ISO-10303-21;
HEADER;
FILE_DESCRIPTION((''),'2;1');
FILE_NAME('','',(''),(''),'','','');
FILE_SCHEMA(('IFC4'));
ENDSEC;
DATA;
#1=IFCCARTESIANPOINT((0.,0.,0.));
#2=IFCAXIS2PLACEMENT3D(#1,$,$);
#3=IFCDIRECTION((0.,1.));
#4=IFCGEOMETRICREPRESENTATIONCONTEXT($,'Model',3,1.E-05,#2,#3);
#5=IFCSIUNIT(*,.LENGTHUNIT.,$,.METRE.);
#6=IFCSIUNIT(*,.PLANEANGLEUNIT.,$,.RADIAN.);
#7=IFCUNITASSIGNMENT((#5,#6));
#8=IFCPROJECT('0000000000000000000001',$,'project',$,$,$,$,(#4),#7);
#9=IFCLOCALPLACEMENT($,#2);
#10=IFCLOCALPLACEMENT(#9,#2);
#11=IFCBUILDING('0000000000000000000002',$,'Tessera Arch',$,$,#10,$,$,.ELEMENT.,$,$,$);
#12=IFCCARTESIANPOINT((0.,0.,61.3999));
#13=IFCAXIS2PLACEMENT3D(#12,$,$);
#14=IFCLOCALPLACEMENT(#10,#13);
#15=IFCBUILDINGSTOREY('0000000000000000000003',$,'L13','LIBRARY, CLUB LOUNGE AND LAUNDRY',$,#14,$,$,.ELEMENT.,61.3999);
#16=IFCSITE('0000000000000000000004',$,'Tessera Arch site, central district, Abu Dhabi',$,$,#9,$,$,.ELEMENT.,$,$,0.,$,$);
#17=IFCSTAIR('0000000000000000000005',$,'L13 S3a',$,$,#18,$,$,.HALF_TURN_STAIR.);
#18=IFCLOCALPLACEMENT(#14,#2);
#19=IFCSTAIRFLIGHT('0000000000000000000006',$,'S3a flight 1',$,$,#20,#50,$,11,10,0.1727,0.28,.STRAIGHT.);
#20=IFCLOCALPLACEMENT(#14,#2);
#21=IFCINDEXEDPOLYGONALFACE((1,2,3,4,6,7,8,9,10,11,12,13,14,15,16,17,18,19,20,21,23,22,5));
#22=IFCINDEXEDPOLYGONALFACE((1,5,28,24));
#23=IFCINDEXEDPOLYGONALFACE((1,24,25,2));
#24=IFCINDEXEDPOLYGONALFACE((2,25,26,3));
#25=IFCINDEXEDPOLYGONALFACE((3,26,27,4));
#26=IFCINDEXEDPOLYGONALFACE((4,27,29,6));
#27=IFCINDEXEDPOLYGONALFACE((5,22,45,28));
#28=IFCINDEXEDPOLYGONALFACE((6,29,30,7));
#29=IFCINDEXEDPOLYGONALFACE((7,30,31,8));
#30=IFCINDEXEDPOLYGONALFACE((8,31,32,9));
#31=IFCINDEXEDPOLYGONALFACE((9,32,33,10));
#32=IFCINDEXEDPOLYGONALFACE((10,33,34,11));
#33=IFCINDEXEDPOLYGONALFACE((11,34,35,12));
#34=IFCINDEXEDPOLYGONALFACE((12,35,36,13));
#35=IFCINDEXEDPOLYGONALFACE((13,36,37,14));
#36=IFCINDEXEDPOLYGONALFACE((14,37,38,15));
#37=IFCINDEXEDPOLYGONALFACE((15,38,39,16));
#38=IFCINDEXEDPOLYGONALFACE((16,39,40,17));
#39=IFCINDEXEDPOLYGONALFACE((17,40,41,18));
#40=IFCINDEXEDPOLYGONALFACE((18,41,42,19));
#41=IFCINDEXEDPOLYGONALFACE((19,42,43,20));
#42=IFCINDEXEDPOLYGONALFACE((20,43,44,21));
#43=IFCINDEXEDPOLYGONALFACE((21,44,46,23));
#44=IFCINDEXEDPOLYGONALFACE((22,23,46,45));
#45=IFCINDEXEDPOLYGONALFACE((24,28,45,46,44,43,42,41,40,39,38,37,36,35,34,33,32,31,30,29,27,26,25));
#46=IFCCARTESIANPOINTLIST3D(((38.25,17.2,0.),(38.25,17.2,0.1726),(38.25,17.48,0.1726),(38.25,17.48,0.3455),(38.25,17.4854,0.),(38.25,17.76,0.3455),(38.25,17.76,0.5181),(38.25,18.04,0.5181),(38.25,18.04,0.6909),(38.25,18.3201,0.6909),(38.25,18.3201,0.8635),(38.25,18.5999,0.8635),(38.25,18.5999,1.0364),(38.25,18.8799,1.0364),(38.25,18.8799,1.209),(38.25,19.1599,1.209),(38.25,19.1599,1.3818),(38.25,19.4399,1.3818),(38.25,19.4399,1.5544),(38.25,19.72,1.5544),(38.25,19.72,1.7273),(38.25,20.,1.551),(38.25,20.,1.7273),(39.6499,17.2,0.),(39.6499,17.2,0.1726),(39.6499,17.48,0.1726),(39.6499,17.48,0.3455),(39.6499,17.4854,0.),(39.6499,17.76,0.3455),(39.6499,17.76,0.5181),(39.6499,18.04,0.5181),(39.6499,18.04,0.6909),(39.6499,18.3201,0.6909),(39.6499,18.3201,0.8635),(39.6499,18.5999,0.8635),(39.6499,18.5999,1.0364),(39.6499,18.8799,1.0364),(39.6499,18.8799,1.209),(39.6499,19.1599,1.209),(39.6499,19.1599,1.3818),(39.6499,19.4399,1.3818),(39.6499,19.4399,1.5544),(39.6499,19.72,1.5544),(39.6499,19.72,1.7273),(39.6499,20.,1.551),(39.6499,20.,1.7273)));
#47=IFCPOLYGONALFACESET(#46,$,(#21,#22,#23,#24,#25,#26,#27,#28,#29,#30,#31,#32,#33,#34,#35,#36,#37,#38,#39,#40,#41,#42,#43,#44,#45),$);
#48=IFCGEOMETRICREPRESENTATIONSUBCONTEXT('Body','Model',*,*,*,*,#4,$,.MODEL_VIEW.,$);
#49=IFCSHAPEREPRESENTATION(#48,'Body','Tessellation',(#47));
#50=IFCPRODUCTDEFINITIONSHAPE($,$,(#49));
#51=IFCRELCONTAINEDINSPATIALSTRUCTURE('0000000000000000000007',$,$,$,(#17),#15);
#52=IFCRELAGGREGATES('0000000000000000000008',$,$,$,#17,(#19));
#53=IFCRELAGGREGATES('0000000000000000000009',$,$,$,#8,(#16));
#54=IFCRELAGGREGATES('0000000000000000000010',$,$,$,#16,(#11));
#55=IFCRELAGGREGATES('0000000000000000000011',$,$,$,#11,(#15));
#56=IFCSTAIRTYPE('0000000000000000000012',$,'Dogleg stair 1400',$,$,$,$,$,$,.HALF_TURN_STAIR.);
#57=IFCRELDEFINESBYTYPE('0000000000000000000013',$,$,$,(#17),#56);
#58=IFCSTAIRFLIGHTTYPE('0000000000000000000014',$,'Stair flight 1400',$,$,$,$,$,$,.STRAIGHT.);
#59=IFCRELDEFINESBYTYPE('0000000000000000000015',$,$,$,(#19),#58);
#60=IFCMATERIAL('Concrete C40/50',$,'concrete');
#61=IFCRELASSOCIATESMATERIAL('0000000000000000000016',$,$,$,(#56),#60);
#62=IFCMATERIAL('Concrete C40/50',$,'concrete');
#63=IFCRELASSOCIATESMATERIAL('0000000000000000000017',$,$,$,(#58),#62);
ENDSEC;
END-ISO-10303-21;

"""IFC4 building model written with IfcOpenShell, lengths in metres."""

from ifc_helpers import new_model, si_unit, direction, frame, origin, place, context, subcontext, project, spatial, polyline, outline, extrude, material, type_object, element, aggregate, save


model = new_model("IFC4")

# Units and contexts
model_context = context("Model", 3, precision=1e-05, world=origin(), true_north=direction((0.0, 1.0)))
body_context = subcontext(model_context, "Body", "Model", "MODEL_VIEW")
ifc_project = project(units=[si_unit("LENGTHUNIT", "METRE"), si_unit("PLANEANGLEUNIT", "RADIAN")], contexts=[model_context])

# Site, building, storey
site_placement = place(None, origin())
site = spatial("IfcSite", under=ifc_project, at=site_placement, Name="Tessera Arch site, central district, Abu Dhabi", CompositionType="ELEMENT", RefElevation=0.0)
building_placement = place(site_placement, origin())
building = spatial("IfcBuilding", under=site, at=building_placement, Name="Tessera Arch", CompositionType="ELEMENT")
storey_placement = place(building_placement, frame((0.0, 0.0, 61.3999)))
storey = spatial("IfcBuildingStorey", under=building, at=storey_placement, Name="L13", Description="LIBRARY, CLUB LOUNGE AND LAUNDRY", CompositionType="ELEMENT", Elevation=61.3999)

# Stair, stair flight
ifc_material_1 = material(Name="Concrete C40/50", Category="concrete")
stair_type = type_object("IfcStairType", Name="Dogleg stair 1400", PredefinedType="HALF_TURN_STAIR", material=ifc_material_1)
stair_placement = place(storey_placement, origin())
stair = element("IfcStair", 1, at=stair_placement, inside=storey, type_object=stair_type, Name="L13 S3a", PredefinedType="HALF_TURN_STAIR")
ifc_material_2 = material(Name="Concrete C40/50", Category="concrete")
stair_flight_type = type_object("IfcStairFlightType", Name="Stair flight 1400", PredefinedType="STRAIGHT", material=ifc_material_2)
stair_flight_placement = place(storey_placement, frame((38.95, 17.2, 0.0), z_axis=(0.0, 0.0, 1.0), x_axis=(0.0, 1.0, 0.0)))
stair_flight = element("IfcStairFlight", 2, at=stair_flight_placement, type_object=stair_flight_type, Name="S3a flight 1", NumberOfRisers=11, NumberOfTreads=10, PredefinedType="STRAIGHT", RiserHeight=0.1727, TreadLength=0.28, context=body_context, shape_type="SweptSolid", body=[
    extrude(outline(polyline([(0.0, 0.0), (0.0, 0.1726), (0.28, 0.1726), (0.28, 0.3455), (0.5601, 0.3455), (0.5601, 0.5181), (0.8401, 0.5181), (0.8401, 0.6909), (1.1201, 0.6909), (1.1201, 0.8635), (1.3999, 0.8635), (1.3999, 1.0364), (1.6799, 1.0364), (1.6799, 1.209), (1.96, 1.209), (1.96, 1.3818), (2.24, 1.3818), (2.24, 1.5544), (2.52, 1.5544), (2.52, 1.7273), (2.8, 1.7273), (2.8, 1.8999), (2.8, 1.551), (0.2854, 0.0), (0.0, 0.0)])), frame((0.0, 0.7, 0.0), z_axis=(0.0, -1.0, 0.0), x_axis=(1.0, 0.0, 0.0)), (0.0, 0.0, 1.0), 1.3999),
])
aggregate(stair, [stair_flight])

save(model, "model.ifc")
